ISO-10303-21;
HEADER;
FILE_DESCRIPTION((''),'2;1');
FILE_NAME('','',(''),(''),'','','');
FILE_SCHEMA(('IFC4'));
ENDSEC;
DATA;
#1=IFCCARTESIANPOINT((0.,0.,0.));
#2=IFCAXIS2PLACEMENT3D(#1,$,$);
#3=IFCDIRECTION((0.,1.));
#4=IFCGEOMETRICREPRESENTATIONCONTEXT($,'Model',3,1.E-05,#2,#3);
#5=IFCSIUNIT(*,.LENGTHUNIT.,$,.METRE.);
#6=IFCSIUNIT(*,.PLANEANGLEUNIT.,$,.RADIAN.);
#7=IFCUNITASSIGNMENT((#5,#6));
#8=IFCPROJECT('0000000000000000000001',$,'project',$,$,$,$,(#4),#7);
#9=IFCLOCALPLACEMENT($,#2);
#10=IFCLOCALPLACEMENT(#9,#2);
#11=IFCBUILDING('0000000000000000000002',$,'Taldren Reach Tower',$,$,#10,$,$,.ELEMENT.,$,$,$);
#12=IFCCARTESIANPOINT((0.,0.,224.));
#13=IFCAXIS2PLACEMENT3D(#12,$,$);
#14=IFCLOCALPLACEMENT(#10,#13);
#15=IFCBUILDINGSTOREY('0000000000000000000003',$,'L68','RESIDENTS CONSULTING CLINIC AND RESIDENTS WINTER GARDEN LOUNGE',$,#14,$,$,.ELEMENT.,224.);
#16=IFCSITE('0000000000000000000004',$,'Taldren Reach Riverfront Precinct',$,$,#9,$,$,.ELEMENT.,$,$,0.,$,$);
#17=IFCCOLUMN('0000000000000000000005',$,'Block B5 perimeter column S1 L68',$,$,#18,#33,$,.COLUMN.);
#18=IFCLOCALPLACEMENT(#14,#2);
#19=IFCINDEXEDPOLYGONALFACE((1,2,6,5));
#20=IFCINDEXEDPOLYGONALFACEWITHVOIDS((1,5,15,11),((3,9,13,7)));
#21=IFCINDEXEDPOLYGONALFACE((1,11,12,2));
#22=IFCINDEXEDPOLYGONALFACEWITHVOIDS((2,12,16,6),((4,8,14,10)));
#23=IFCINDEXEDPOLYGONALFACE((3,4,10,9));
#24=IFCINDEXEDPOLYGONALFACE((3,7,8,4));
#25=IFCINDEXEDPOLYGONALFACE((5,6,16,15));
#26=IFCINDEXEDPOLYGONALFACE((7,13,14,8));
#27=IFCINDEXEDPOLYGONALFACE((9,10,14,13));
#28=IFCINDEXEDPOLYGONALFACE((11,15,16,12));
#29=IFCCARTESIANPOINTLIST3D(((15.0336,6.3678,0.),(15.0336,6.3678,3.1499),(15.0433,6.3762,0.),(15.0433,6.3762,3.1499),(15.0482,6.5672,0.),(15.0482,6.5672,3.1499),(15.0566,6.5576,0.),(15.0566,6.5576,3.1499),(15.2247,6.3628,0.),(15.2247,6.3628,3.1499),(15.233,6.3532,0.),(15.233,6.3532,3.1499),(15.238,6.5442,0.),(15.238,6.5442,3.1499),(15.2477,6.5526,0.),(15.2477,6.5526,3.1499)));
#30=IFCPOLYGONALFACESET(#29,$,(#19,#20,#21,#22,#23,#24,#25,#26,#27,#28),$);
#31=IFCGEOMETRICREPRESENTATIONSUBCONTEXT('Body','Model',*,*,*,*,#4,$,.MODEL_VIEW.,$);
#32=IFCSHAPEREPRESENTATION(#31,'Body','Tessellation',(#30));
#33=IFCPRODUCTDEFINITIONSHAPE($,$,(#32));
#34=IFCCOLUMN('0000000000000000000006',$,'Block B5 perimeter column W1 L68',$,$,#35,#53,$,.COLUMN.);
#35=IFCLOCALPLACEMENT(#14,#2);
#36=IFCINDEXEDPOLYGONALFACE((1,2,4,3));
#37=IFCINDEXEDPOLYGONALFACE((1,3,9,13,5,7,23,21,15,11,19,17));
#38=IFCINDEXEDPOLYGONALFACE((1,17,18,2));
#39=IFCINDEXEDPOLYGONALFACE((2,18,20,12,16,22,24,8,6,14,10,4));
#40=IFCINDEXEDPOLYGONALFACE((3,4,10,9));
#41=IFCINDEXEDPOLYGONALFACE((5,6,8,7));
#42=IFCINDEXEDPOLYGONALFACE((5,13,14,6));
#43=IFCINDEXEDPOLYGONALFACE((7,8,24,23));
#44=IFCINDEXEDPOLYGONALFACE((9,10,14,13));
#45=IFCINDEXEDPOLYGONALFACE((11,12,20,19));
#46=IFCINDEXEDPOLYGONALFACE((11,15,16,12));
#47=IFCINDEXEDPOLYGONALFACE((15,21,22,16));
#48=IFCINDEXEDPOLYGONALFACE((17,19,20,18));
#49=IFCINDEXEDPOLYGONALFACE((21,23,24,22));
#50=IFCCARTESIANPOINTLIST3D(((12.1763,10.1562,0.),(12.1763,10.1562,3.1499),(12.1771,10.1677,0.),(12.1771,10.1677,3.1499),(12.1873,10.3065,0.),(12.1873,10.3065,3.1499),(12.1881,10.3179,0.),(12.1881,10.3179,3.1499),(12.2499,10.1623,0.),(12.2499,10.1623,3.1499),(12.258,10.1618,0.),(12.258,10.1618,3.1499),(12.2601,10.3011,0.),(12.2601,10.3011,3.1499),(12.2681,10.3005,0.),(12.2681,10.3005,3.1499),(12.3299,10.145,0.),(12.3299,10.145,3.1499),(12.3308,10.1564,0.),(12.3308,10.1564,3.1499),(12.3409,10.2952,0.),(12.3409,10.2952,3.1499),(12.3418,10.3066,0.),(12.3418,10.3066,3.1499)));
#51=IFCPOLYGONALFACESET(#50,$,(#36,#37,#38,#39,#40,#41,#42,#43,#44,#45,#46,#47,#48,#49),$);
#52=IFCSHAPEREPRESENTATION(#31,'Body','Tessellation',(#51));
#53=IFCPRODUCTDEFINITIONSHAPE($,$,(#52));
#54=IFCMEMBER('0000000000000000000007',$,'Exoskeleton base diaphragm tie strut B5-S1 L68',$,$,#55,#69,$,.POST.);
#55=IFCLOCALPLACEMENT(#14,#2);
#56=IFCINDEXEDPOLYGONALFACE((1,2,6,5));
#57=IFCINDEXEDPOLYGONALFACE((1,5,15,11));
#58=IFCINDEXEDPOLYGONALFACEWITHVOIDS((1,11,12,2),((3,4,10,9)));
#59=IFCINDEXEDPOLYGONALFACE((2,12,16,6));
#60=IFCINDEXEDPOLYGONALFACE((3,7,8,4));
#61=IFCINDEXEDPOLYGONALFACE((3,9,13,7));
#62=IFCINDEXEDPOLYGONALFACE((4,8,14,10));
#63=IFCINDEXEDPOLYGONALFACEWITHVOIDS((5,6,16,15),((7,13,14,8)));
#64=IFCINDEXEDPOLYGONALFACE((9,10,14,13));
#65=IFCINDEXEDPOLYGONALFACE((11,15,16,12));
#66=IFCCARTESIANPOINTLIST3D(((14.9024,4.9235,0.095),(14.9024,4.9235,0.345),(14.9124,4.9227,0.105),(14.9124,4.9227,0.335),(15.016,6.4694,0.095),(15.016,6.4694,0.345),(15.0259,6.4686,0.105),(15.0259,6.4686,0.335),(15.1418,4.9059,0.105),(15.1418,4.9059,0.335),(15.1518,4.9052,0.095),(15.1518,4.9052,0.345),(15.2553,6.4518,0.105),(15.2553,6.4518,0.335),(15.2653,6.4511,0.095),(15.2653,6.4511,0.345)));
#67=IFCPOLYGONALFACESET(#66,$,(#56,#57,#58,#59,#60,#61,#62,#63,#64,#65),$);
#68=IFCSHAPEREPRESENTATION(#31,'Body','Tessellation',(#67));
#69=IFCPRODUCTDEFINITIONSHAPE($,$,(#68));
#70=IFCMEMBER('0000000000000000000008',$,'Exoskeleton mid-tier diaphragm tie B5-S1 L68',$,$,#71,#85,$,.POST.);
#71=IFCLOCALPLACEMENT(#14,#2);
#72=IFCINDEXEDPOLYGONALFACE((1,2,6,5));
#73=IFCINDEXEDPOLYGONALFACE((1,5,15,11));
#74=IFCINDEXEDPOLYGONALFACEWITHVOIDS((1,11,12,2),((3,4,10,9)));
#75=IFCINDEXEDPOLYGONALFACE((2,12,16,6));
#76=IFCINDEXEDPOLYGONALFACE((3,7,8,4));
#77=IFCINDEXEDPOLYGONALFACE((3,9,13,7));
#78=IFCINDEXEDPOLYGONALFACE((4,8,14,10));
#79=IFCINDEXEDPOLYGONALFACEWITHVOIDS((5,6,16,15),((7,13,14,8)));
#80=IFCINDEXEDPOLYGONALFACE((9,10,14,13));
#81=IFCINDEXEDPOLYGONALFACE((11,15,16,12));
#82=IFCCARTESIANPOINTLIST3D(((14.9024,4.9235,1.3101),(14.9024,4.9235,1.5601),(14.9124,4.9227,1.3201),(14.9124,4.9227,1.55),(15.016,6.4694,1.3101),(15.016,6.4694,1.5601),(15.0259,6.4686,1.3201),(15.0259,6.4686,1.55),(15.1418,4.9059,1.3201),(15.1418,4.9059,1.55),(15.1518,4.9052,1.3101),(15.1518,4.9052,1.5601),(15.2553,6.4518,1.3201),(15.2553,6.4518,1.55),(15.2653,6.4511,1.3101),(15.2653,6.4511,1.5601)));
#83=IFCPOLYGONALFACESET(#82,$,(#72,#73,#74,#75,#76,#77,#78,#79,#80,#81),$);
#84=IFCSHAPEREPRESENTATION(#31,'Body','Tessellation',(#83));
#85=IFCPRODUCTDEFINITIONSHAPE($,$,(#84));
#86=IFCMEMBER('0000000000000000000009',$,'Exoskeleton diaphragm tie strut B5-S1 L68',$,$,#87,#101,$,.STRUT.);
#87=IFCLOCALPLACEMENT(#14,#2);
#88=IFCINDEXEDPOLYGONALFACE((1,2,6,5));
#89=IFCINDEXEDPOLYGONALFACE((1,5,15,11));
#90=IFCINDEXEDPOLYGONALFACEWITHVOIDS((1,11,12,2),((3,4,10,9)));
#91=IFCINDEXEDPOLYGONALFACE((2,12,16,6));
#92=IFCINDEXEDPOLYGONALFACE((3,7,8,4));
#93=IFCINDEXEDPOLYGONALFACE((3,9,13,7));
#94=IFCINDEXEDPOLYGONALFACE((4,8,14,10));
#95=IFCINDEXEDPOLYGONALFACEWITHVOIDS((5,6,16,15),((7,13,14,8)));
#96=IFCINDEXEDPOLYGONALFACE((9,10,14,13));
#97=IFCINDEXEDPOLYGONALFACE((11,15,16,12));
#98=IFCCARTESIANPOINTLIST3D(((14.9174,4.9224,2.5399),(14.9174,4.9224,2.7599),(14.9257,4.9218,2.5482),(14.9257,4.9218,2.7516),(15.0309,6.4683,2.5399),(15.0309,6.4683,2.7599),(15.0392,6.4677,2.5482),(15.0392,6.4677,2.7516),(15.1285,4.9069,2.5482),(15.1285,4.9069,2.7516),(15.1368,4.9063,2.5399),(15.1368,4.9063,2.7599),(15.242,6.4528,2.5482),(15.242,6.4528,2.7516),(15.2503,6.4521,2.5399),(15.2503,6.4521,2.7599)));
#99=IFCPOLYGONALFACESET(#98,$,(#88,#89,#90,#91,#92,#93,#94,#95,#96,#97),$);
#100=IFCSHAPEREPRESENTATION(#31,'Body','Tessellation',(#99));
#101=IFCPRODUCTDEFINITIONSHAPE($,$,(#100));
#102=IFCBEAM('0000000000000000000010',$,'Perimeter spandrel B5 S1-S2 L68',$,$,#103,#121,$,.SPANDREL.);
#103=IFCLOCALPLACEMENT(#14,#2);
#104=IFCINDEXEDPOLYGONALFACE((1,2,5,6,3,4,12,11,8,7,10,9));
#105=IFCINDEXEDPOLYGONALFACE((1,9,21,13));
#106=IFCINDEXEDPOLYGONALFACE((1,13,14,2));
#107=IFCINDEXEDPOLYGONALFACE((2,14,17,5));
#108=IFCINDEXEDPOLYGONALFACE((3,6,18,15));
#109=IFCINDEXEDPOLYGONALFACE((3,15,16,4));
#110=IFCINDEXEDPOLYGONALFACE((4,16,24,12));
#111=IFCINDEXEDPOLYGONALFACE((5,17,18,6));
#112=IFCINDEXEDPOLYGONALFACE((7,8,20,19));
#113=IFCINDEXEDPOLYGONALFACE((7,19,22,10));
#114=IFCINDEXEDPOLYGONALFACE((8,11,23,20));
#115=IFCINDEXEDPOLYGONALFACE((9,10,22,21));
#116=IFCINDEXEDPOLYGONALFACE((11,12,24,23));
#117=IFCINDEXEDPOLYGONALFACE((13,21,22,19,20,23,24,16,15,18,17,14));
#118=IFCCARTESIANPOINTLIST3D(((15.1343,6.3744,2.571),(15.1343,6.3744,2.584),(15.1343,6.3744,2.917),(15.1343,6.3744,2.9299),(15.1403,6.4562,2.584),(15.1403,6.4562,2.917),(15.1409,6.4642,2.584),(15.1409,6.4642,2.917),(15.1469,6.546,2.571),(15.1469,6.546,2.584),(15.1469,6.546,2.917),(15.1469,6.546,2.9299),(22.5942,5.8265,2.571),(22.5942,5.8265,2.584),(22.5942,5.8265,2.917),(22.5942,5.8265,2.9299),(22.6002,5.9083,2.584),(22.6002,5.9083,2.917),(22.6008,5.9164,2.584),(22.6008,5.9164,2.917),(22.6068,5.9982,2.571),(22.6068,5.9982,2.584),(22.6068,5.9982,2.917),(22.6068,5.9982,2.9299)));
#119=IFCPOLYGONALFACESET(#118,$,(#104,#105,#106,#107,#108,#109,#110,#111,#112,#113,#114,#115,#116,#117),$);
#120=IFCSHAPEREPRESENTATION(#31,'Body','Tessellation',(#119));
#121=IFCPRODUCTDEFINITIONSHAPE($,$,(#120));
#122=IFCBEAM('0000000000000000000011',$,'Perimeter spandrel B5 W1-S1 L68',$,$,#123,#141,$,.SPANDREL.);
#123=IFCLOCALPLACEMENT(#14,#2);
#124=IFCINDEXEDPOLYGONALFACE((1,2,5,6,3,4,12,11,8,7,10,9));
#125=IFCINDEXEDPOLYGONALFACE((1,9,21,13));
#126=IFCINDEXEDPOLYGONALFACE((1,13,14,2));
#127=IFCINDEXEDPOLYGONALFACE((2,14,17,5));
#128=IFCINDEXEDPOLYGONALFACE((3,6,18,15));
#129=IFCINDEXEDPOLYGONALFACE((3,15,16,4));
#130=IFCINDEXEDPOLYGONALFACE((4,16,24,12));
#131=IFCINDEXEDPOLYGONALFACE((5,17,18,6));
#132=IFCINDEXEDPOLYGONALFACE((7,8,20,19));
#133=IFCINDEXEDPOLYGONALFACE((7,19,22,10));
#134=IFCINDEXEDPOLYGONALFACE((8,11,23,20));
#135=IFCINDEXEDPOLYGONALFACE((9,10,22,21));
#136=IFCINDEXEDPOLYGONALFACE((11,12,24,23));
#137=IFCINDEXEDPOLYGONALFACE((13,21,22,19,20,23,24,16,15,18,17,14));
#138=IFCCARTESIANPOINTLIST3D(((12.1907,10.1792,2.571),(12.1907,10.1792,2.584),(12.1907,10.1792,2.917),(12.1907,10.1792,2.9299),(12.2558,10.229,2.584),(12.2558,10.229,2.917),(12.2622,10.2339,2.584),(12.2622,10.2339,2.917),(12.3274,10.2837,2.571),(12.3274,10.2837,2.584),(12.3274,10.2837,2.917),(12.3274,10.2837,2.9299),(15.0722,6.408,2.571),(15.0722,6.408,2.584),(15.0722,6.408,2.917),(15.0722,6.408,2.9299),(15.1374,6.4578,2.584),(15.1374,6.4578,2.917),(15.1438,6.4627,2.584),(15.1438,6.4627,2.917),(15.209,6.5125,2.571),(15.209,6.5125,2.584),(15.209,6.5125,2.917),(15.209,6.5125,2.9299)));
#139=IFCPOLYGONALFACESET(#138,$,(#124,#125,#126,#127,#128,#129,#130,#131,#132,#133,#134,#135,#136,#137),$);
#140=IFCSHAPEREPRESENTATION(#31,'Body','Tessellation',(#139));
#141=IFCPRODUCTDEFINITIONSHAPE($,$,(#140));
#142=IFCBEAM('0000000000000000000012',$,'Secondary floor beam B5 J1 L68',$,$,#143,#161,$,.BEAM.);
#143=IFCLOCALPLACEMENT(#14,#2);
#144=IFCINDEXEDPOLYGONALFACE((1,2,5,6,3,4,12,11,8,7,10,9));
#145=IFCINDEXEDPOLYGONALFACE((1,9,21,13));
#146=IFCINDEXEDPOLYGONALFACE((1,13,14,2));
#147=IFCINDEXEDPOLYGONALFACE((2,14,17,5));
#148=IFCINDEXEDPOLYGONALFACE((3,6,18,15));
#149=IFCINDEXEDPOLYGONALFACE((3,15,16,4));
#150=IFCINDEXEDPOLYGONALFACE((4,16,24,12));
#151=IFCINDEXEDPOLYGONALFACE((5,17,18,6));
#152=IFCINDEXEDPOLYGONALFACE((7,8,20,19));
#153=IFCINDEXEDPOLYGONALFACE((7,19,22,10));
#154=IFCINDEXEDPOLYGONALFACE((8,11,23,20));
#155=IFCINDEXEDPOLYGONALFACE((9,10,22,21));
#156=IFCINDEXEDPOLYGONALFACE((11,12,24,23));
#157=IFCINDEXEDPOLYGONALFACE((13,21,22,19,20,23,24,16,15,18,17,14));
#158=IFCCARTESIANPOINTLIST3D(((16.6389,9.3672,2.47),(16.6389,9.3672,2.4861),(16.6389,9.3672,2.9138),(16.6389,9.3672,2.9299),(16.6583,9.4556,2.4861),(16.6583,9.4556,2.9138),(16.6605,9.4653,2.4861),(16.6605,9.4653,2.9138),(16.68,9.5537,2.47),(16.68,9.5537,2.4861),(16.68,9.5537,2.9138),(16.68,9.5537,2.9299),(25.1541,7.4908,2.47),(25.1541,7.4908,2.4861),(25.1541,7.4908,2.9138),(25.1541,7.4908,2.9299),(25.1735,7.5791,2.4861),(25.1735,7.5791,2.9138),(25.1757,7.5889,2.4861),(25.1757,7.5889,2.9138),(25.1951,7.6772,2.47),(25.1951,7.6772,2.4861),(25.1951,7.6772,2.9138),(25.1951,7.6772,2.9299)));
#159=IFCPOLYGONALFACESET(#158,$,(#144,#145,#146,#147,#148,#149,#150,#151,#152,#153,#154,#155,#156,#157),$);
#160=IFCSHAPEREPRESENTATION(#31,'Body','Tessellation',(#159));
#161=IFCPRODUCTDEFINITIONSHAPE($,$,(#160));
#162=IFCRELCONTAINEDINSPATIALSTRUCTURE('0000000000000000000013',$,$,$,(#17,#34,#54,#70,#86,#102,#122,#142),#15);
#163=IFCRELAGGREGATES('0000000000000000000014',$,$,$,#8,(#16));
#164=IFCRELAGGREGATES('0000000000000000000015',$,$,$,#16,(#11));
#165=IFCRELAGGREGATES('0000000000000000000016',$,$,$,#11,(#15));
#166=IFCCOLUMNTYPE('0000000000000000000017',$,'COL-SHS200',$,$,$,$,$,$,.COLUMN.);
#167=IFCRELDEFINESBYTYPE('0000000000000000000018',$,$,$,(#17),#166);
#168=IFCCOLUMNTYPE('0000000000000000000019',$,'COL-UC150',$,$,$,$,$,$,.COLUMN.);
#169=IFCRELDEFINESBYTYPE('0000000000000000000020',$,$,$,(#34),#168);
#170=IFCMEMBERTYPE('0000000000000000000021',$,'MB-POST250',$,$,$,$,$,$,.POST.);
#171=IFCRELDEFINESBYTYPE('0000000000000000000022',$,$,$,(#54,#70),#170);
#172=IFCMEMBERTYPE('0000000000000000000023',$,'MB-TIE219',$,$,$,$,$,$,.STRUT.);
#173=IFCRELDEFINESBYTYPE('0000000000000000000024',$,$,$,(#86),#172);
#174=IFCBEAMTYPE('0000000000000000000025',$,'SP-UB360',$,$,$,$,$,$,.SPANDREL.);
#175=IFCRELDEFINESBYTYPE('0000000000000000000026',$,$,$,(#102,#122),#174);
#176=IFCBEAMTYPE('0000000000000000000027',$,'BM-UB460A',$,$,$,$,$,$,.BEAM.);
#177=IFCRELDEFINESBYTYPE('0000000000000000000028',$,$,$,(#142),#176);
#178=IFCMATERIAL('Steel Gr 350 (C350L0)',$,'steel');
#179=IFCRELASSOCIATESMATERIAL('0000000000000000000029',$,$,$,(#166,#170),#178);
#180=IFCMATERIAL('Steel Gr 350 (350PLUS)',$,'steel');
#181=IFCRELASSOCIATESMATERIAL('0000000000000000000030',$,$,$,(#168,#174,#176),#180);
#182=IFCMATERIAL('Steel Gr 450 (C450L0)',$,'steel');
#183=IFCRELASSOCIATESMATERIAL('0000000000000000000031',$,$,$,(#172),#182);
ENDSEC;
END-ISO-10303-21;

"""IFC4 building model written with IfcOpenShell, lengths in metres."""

from ifc_helpers import new_model, si_unit, direction, frame, origin, origin_2d, place, context, subcontext, project, spatial, hollow_rectangle, i_section, extrude, source, transform, mapped, material, material_profile, profile_set, type_object, element, save


model = new_model("IFC4")

# Units and contexts
model_context = context("Model", 3, precision=1e-05, world=origin(), true_north=direction((0.0, 1.0)))
body_context = subcontext(model_context, "Body", "Model", "MODEL_VIEW")
ifc_project = project(units=[si_unit("LENGTHUNIT", "METRE"), si_unit("PLANEANGLEUNIT", "RADIAN")], contexts=[model_context])

# Site, building, storey
site_placement = place(None, origin())
site = spatial("IfcSite", under=ifc_project, at=site_placement, Name="Taldren Reach Riverfront Precinct", CompositionType="ELEMENT", RefElevation=0.0)
building_placement = place(site_placement, origin())
building = spatial("IfcBuilding", under=site, at=building_placement, Name="Taldren Reach Tower", CompositionType="ELEMENT")
storey_placement = place(building_placement, frame((0.0, 0.0, 224.0)))
storey = spatial("IfcBuildingStorey", under=building, at=storey_placement, Name="L68", Description="RESIDENTS CONSULTING CLINIC AND RESIDENTS WINTER GARDEN LOUNGE", CompositionType="ELEMENT", Elevation=224.0)

# Columns
ifc_material_1 = material(Name="Steel Gr 350 (C350L0)", Category="steel")
ifc_material_profile_1 = material_profile(ifc_material_1, hollow_rectangle(XDim=0.2, YDim=0.2, WallThickness=0.009, at=origin_2d()), Name="200x200x9.0SHS")
ifc_profile_set_1 = profile_set([ifc_material_profile_1], Name="Steel Gr 350 (C350L0)")
column_type_1 = type_object("IfcColumnType", Name="COL-SHS200", PredefinedType="COLUMN", material=ifc_profile_set_1)
shared_shape_1 = source(origin(), body_context, "Body", "SweptSolid", [
    extrude(hollow_rectangle(XDim=0.2, YDim=0.2, WallThickness=0.009, at=origin_2d()), origin(), (0.0, 0.0, 1.0), 3.1499),
])
column_1_placement = place(storey_placement, frame((15.1406, 6.4602, 0.0), z_axis=(0.0, 0.0, 1.0), x_axis=(0.997314, -0.073238, 0.0)))
element("IfcColumn", 1, at=column_1_placement, inside=storey, type_object=column_type_1, Name="Block B5 perimeter column S1 L68", PredefinedType="COLUMN", context=body_context, shape_type="MappedRepresentation", body=[
    mapped(shared_shape_1, transform((0.0, 0.0, 0.0), scale=1.0)),
])
ifc_material_2 = material(Name="Steel Gr 350 (350PLUS)", Category="steel")
ifc_material_profile_2 = material_profile(ifc_material_2, i_section(OverallWidth=0.1541, OverallDepth=0.1621, WebThickness=0.0081, FlangeThickness=0.0115, at=origin_2d()), Name="150UC37.2")
ifc_profile_set_2 = profile_set([ifc_material_profile_2], Name="Steel Gr 350 (350PLUS)")
column_type_2 = type_object("IfcColumnType", Name="COL-UC150", PredefinedType="COLUMN", material=ifc_profile_set_2)
shared_shape_2 = source(origin(), body_context, "Body", "SweptSolid", [
    extrude(i_section(OverallWidth=0.1541, OverallDepth=0.1621, WebThickness=0.0081, FlangeThickness=0.0115, at=origin_2d()), origin(), (0.0, 0.0, 1.0), 3.1499),
])
column_2_placement = place(storey_placement, frame((12.259, 10.2314, 0.0), z_axis=(0.0, 0.0, 1.0), x_axis=(0.997314, -0.073238, 0.0)))
element("IfcColumn", 2, at=column_2_placement, inside=storey, type_object=column_type_2, Name="Block B5 perimeter column W1 L68", PredefinedType="COLUMN", context=body_context, shape_type="MappedRepresentation", body=[
    mapped(shared_shape_2, transform((0.0, 0.0, 0.0), scale=1.0)),
])

# Members
ifc_material_profile_3 = material_profile(ifc_material_1, hollow_rectangle(XDim=0.25, YDim=0.25, WallThickness=0.01, at=origin_2d()), Name="250x250x10.0SHS")
ifc_profile_set_3 = profile_set([ifc_material_profile_3], Name="Steel Gr 350 (C350L0)")
member_type_1 = type_object("IfcMemberType", Name="MB-POST250", PredefinedType="POST", material=ifc_profile_set_3)
shared_shape_3 = source(origin(), body_context, "Body", "SweptSolid", [
    extrude(hollow_rectangle(XDim=0.25, YDim=0.25, WallThickness=0.01, at=origin_2d()), origin(), (0.0, 0.0, 1.0), 1.55),
])
for number, where, z_axis, x_axis, name in (
    (3, (15.1406, 6.4602, 0.22), (-0.073239, -0.997314, 0.0), (0.997314, -0.073239, 0.0), "Exoskeleton base diaphragm tie strut B5-S1 L68"),
    (4, (15.1406, 6.4602, 1.4351), (-0.073239, -0.997314, 0.0), (0.997314, -0.073239, 0.0), "Exoskeleton mid-tier diaphragm tie B5-S1 L68"),
):
    element("IfcMember", number, at=place(storey_placement, frame(where, z_axis=z_axis, x_axis=x_axis)), inside=storey, type_object=member_type_1, Name=name, PredefinedType="POST", context=body_context, shape_type="MappedRepresentation", body=[
        mapped(shared_shape_3, transform((0.0, 0.0, 0.0), scale=1.0)),
    ])
ifc_material_3 = material(Name="Steel Gr 450 (C450L0)", Category="steel")
ifc_material_profile_4 = material_profile(ifc_material_3, hollow_rectangle(XDim=0.22, YDim=0.22, WallThickness=0.0083, at=origin_2d()), Name="220x220x8.2SHS")
ifc_profile_set_4 = profile_set([ifc_material_profile_4], Name="Steel Gr 450 (C450L0)")
member_type_2 = type_object("IfcMemberType", Name="MB-TIE219", PredefinedType="STRUT", material=ifc_profile_set_4)
shared_shape_4 = source(origin(), body_context, "Body", "SweptSolid", [
    extrude(hollow_rectangle(XDim=0.22, YDim=0.22, WallThickness=0.0083, at=origin_2d()), origin(), (0.0, 0.0, 1.0), 1.55),
])
member_1_placement = place(storey_placement, frame((15.1406, 6.4602, 2.6499), z_axis=(-0.073239, -0.997314, 0.0), x_axis=(0.997314, -0.073239, 0.0)))
element("IfcMember", 5, at=member_1_placement, inside=storey, type_object=member_type_2, Name="Exoskeleton diaphragm tie strut B5-S1 L68", PredefinedType="STRUT", context=body_context, shape_type="MappedRepresentation", body=[
    mapped(shared_shape_4, transform((0.0, 0.0, 0.0), scale=1.0)),
])

# Beams
ifc_material_profile_5 = material_profile(ifc_material_2, i_section(OverallWidth=0.1721, OverallDepth=0.3589, WebThickness=0.0081, FlangeThickness=0.0129, at=origin_2d()), Name="360UB56.7")
ifc_profile_set_5 = profile_set([ifc_material_profile_5], Name="Steel Gr 350 (350PLUS)")
beam_type_1 = type_object("IfcBeamType", Name="SP-UB360", PredefinedType="SPANDREL", material=ifc_profile_set_5)
shared_shape_5 = source(origin(), body_context, "Body", "SweptSolid", [
    extrude(i_section(OverallWidth=0.1721, OverallDepth=0.3589, WebThickness=0.0081, FlangeThickness=0.0129, at=origin_2d()), origin(), (0.0, 0.0, 1.0), 7.48),
])
beam_1_placement = place(storey_placement, frame((15.1406, 6.4602, 2.7505), z_axis=(0.997314, -0.073242, 0.0), x_axis=(0.073242, 0.997314, 0.0)))
element("IfcBeam", 6, at=beam_1_placement, inside=storey, type_object=beam_type_1, Name="Perimeter spandrel B5 S1-S2 L68", PredefinedType="SPANDREL", context=body_context, shape_type="MappedRepresentation", body=[
    mapped(shared_shape_5, transform((0.0, 0.0, 0.0), scale=1.0)),
])
shared_shape_6 = source(origin(), body_context, "Body", "SweptSolid", [
    extrude(i_section(OverallWidth=0.1721, OverallDepth=0.3589, WebThickness=0.0081, FlangeThickness=0.0129, at=origin_2d()), origin(), (0.0, 0.0, 1.0), 4.7461),
])
beam_2_placement = place(storey_placement, frame((12.259, 10.2314, 2.7505), z_axis=(0.607145, -0.794591, 0.0), x_axis=(0.794591, 0.607145, 0.0)))
element("IfcBeam", 7, at=beam_2_placement, inside=storey, type_object=beam_type_1, Name="Perimeter spandrel B5 W1-S1 L68", PredefinedType="SPANDREL", context=body_context, shape_type="MappedRepresentation", body=[
    mapped(shared_shape_6, transform((0.0, 0.0, 0.0), scale=1.0)),
])
ifc_material_profile_6 = material_profile(ifc_material_2, i_section(OverallWidth=0.1909, OverallDepth=0.46, WebThickness=0.01, FlangeThickness=0.0161, at=origin_2d()), Name="460UB82.1")
ifc_profile_set_6 = profile_set([ifc_material_profile_6], Name="Steel Gr 350 (350PLUS)")
beam_type_2 = type_object("IfcBeamType", Name="BM-UB460A", PredefinedType="BEAM", material=ifc_profile_set_6)
shared_shape_7 = source(origin(), body_context, "Body", "SweptSolid", [
    extrude(i_section(OverallWidth=0.1909, OverallDepth=0.46, WebThickness=0.01, FlangeThickness=0.0161, at=origin_2d()), origin(), (0.0, 0.0, 1.0), 8.7195),
])
beam_3_placement = place(storey_placement, frame((16.6594, 9.4604, 2.7), z_axis=(0.976569, -0.215205, 0.0), x_axis=(0.215205, 0.976569, 0.0)))
element("IfcBeam", 8, at=beam_3_placement, inside=storey, type_object=beam_type_2, Name="Secondary floor beam B5 J1 L68", PredefinedType="BEAM", context=body_context, shape_type="MappedRepresentation", body=[
    mapped(shared_shape_7, transform((0.0, 0.0, 0.0), scale=1.0)),
])

save(model, "model.ifc")
